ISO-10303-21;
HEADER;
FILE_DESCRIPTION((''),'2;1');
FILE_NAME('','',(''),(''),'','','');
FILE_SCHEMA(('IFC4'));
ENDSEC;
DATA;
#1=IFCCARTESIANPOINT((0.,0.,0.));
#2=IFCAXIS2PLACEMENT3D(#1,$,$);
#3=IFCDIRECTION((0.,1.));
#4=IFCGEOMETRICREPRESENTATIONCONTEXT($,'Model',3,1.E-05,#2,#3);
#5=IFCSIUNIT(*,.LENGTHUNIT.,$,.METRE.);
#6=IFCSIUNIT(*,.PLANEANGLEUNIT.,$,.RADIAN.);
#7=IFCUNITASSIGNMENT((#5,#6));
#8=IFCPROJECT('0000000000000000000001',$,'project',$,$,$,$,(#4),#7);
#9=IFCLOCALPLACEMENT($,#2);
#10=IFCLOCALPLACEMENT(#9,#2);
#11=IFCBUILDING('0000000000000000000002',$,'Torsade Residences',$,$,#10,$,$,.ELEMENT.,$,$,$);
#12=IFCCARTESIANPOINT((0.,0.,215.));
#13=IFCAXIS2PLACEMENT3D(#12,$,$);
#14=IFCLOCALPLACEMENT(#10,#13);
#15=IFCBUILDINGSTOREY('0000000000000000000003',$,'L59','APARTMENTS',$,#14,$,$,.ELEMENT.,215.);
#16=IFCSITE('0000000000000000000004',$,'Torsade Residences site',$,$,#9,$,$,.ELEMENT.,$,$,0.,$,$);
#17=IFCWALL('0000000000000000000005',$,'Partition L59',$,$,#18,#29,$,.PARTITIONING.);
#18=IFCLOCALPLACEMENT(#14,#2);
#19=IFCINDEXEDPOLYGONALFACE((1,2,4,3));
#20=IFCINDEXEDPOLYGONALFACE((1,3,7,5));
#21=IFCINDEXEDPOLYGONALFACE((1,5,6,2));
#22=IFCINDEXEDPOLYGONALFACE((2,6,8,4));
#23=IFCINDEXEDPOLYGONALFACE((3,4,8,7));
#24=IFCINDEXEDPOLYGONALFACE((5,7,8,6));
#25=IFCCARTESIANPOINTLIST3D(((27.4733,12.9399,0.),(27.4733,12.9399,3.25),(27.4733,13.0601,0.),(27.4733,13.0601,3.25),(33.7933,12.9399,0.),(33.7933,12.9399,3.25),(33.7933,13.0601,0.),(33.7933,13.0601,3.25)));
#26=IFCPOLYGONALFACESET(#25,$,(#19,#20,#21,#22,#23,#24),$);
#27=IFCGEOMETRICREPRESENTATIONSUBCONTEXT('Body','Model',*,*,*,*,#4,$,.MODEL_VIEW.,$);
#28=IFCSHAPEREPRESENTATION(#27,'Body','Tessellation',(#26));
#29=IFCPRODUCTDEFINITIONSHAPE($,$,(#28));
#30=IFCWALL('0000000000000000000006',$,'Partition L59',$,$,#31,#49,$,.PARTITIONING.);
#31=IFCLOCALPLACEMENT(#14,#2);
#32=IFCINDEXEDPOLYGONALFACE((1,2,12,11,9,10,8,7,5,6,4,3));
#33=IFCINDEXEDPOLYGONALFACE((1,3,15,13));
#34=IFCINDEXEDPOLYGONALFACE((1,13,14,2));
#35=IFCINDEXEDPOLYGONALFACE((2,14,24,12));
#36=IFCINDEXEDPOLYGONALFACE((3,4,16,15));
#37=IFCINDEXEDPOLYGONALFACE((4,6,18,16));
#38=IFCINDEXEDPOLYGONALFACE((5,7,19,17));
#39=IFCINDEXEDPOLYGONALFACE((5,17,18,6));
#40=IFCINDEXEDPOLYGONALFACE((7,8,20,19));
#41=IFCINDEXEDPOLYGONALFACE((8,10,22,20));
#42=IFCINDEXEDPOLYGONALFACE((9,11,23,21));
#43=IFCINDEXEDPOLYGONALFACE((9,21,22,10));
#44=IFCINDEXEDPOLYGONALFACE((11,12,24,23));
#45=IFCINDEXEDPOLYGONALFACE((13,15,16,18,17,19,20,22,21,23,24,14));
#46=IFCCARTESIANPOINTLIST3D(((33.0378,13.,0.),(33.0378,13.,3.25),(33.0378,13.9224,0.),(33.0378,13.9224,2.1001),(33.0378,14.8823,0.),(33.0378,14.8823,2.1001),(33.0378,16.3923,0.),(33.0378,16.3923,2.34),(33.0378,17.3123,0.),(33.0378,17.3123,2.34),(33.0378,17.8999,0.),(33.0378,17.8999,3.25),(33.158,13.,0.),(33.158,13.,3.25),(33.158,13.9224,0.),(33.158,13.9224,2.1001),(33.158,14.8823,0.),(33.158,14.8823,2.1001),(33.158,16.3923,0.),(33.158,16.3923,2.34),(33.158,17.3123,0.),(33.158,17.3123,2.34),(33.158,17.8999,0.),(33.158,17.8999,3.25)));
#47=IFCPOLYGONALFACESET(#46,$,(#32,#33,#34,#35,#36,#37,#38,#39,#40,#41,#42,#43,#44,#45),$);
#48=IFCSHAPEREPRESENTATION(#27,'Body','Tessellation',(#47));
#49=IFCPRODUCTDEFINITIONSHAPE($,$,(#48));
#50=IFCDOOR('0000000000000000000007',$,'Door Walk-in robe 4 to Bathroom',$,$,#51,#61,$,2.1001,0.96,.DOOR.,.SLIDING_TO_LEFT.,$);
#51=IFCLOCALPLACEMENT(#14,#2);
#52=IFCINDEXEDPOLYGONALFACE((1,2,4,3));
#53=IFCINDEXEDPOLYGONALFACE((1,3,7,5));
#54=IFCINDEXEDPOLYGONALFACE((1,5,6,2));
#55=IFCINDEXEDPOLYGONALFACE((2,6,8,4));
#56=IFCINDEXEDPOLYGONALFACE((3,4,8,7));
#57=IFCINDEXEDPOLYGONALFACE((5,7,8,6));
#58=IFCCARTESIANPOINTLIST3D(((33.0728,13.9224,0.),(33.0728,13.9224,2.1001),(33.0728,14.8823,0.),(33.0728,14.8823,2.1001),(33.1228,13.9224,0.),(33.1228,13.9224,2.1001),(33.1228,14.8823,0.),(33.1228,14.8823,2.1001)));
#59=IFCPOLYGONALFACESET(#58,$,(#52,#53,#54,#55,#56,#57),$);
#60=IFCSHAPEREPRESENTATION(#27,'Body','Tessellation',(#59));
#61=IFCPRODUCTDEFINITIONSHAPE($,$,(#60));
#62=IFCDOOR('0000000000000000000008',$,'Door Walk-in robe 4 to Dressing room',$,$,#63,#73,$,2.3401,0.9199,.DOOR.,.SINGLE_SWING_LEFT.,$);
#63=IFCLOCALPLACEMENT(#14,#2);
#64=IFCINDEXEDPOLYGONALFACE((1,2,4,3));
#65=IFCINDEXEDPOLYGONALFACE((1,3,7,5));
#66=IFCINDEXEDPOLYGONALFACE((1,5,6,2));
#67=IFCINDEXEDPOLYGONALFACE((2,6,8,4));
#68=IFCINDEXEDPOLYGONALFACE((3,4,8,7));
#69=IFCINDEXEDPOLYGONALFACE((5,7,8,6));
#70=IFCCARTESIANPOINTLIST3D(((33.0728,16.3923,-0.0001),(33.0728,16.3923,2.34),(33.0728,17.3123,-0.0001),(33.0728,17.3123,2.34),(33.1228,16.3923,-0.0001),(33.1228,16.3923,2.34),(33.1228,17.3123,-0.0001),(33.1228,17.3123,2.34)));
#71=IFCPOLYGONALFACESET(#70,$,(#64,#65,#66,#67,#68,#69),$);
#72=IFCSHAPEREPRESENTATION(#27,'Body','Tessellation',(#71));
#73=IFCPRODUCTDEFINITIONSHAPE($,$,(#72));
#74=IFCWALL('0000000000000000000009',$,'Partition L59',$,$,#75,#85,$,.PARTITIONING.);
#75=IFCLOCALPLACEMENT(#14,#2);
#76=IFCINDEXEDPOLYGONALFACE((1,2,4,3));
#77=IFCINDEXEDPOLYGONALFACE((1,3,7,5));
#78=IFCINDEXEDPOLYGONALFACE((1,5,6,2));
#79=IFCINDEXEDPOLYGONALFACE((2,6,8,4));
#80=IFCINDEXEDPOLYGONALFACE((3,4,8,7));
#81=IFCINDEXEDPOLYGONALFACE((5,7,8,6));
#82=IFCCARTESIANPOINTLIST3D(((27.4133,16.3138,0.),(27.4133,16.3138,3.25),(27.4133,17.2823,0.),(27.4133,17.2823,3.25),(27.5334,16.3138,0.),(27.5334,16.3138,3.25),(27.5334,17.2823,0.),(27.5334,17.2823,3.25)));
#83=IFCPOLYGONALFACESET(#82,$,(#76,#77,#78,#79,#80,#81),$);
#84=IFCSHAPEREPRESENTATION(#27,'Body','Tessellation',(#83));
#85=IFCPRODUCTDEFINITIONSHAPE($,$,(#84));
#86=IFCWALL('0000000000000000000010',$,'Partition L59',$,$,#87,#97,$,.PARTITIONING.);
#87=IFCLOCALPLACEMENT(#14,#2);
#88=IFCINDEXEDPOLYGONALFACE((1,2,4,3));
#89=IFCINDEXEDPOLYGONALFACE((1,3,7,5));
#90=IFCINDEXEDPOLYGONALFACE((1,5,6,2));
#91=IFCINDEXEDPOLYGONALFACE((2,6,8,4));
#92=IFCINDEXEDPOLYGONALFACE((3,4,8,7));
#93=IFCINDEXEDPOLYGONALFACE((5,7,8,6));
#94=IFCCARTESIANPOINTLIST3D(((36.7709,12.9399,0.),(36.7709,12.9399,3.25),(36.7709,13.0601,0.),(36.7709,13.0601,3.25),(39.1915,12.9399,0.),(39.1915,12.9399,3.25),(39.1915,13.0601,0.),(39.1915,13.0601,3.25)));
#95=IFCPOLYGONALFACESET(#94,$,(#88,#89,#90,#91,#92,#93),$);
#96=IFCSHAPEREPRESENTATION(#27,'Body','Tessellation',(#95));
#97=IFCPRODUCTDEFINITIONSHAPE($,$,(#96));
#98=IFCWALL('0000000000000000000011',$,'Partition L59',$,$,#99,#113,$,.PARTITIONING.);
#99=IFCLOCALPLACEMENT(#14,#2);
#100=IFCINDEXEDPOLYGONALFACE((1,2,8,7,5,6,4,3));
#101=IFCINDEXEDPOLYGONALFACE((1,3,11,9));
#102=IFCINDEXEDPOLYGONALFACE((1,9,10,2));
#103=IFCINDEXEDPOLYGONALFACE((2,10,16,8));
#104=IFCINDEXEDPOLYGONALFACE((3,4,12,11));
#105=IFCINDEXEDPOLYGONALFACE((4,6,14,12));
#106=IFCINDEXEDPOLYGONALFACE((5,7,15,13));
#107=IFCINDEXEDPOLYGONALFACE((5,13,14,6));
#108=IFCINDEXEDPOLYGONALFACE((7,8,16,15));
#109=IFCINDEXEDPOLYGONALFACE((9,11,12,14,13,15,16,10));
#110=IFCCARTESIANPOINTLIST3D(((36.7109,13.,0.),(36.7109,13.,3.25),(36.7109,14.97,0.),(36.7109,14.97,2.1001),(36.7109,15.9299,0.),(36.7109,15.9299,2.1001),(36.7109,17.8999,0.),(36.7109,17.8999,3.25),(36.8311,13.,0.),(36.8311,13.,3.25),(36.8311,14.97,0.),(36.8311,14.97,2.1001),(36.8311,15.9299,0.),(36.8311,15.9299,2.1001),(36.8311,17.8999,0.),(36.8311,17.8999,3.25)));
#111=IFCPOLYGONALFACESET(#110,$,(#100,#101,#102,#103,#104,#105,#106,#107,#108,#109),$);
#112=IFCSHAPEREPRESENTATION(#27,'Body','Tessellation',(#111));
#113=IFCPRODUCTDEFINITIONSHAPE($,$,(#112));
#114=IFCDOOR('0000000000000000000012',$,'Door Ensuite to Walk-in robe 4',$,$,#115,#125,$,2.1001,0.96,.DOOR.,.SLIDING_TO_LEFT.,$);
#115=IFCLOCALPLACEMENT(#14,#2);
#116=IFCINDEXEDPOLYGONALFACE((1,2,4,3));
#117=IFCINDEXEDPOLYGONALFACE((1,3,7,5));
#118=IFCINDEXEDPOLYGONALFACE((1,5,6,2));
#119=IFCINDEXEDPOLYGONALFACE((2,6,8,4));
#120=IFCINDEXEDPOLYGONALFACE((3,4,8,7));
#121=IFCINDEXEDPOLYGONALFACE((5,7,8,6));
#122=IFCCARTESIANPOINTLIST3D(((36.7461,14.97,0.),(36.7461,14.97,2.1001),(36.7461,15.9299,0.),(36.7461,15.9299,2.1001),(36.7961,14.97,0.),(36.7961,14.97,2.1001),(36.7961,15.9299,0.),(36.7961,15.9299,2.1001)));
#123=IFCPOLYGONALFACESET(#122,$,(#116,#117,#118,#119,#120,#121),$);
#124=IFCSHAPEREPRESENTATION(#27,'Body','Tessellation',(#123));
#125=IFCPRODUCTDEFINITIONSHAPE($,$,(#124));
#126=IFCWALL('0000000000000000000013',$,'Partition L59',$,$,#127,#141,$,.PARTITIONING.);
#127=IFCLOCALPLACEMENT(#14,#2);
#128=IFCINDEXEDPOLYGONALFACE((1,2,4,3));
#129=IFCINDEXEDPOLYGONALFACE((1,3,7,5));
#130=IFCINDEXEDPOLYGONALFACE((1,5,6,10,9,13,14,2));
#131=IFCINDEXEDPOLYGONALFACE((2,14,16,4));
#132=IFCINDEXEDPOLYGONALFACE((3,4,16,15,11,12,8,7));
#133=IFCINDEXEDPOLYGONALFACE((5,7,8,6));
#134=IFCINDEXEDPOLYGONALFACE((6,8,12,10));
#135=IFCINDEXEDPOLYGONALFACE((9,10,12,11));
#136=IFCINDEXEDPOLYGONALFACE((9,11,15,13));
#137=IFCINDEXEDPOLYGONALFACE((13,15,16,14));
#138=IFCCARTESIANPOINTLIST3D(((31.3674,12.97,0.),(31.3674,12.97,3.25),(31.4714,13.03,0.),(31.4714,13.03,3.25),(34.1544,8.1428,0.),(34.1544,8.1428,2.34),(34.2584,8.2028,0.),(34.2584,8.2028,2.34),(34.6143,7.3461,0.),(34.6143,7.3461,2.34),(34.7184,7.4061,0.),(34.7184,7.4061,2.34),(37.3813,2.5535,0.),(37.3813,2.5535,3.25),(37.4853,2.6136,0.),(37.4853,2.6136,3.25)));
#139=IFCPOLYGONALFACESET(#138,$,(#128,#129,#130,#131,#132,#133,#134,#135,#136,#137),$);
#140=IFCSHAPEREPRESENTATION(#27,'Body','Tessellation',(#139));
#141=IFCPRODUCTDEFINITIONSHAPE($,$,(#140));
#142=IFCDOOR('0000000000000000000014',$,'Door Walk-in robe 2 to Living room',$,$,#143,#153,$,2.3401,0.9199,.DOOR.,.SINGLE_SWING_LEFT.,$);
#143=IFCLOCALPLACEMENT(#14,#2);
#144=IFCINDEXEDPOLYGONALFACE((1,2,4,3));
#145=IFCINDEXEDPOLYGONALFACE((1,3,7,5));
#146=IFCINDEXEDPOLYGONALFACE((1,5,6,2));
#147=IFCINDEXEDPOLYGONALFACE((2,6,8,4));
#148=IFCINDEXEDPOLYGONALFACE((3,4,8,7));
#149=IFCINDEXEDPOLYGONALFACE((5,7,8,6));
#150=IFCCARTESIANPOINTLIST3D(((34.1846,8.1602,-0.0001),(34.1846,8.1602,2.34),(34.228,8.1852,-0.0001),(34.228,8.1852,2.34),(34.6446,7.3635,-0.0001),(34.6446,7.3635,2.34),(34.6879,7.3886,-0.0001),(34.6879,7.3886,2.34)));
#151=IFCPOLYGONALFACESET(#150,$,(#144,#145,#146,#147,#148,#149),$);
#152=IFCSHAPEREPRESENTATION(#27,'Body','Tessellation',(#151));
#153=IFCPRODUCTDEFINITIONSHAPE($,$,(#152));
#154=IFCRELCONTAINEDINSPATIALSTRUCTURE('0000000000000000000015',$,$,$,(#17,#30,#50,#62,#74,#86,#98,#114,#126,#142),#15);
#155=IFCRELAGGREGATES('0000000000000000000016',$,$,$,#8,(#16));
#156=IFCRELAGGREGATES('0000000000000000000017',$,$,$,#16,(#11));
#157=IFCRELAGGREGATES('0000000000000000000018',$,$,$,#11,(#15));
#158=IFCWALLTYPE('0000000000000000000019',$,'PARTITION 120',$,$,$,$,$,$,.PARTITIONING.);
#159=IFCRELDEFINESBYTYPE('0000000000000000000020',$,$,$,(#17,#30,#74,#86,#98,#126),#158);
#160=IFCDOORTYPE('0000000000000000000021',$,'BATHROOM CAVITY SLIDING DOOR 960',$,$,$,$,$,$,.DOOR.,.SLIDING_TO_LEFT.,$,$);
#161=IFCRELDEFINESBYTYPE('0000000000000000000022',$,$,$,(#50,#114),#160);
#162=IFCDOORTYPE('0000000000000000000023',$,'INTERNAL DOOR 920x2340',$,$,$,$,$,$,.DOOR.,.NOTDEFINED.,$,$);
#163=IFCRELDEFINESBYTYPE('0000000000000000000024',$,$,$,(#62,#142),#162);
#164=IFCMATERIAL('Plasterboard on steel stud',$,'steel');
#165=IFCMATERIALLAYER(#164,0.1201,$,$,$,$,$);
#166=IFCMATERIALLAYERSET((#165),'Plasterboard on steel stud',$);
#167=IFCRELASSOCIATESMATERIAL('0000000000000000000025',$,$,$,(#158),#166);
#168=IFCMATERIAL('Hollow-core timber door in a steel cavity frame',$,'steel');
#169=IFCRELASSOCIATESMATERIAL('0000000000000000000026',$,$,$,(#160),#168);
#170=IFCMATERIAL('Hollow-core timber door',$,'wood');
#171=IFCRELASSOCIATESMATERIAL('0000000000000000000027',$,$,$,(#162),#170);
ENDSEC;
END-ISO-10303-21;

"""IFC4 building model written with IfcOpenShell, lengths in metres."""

from ifc_helpers import new_model, si_unit, direction, frame, frame_2d, origin, place, context, subcontext, project, spatial, rectangle, extrude, material, layer, layer_set, type_object, element, fill, save


model = new_model("IFC4")

# Units and contexts
model_context = context("Model", 3, precision=1e-05, world=origin(), true_north=direction((0.0, 1.0)))
body_context = subcontext(model_context, "Body", "Model", "MODEL_VIEW")
ifc_project = project(units=[si_unit("LENGTHUNIT", "METRE"), si_unit("PLANEANGLEUNIT", "RADIAN")], contexts=[model_context])

# Site, building, storey
site_placement = place(None, origin())
site = spatial("IfcSite", under=ifc_project, at=site_placement, Name="Torsade Residences site", CompositionType="ELEMENT", RefElevation=0.0)
building_placement = place(site_placement, origin())
building = spatial("IfcBuilding", under=site, at=building_placement, Name="Torsade Residences", CompositionType="ELEMENT")
storey_placement = place(building_placement, frame((0.0, 0.0, 215.0)))
storey = spatial("IfcBuildingStorey", under=building, at=storey_placement, Name="L59", Description="APARTMENTS", CompositionType="ELEMENT", Elevation=215.0)

# Wall
ifc_material_1 = material(Name="Plasterboard on steel stud", Category="steel")
ifc_layer_1 = layer(ifc_material_1, 0.1201)
ifc_layer_set_1 = layer_set([ifc_layer_1], Name="Plasterboard on steel stud")
wall_type_1 = type_object("IfcWallType", Name="PARTITION 120", PredefinedType="PARTITIONING", material=ifc_layer_set_1)
wall_1_placement = place(storey_placement, frame((33.7935, 13.0, 0.0), z_axis=(0.0, 0.0, 1.0), x_axis=(-1.0, 0.0, 0.0)))
element("IfcWall", 1, at=wall_1_placement, inside=storey, type_object=wall_type_1, Name="Partition L59", PredefinedType="PARTITIONING", context=body_context, shape_type="SweptSolid", body=[
    extrude(rectangle(XDim=6.3201, YDim=0.1201, at=frame_2d((3.1602, 0.0))), origin(), (0.0, 0.0, 1.0), 3.25),
])

# Wall, openings, doors
wall_2_placement = place(storey_placement, frame((33.0979, 17.8999, 0.0), z_axis=(0.0, 0.0, 1.0), x_axis=(0.0, -1.0, 0.0)))
wall_2 = element("IfcWall", 2, at=wall_2_placement, inside=storey, type_object=wall_type_1, Name="Partition L59", PredefinedType="PARTITIONING", context=body_context, shape_type="SweptSolid", body=[
    extrude(rectangle(XDim=4.8999, YDim=0.1201, at=frame_2d((2.45, 0.0))), origin(), (0.0, 0.0, 1.0), 3.25),
])
opening_1_placement = place(wall_2_placement, frame((3.0176, 0.0, 0.0)))
opening_1 = element("IfcOpeningElement", 3, at=opening_1_placement, cuts=wall_2, PredefinedType="OPENING", context=body_context, shape_type="SweptSolid", body=[
    extrude(rectangle(XDim=0.96, YDim=2.1001, at=frame_2d((0.48, 1.05))), frame((0.0, 0.0701, 0.0), z_axis=(0.0, -1.0, 0.0), x_axis=(1.0, 0.0, 0.0)), (0.0, 0.0, 1.0), 0.1401),
])
opening_2_placement = place(wall_2_placement, frame((0.5876, 0.0, 0.0)))
opening_2 = element("IfcOpeningElement", 4, at=opening_2_placement, cuts=wall_2, PredefinedType="OPENING", context=body_context, shape_type="SweptSolid", body=[
    extrude(rectangle(XDim=0.9199, YDim=2.3401, at=frame_2d((0.46, 1.1699))), frame((0.0, 0.0701, 0.0), z_axis=(0.0, -1.0, 0.0), x_axis=(1.0, 0.0, 0.0)), (0.0, 0.0, 1.0), 0.1401),
])
ifc_material_2 = material(Name="Hollow-core timber door in a steel cavity frame", Category="steel")
door_type_1 = type_object("IfcDoorType", Name="BATHROOM CAVITY SLIDING DOOR 960", OperationType="SLIDING_TO_LEFT", PredefinedType="DOOR", material=ifc_material_2)
door_1_placement = place(opening_1_placement, origin())
door_1 = element("IfcDoor", 5, at=door_1_placement, inside=storey, type_object=door_type_1, Name="Door Walk-in robe 4 to Bathroom", OperationType="SLIDING_TO_LEFT", OverallHeight=2.1001, OverallWidth=0.96, PredefinedType="DOOR", context=body_context, shape_type="SweptSolid", body=[
    extrude(rectangle(XDim=0.96, YDim=2.1001, at=frame_2d((0.48, 1.05))), frame((0.0, 0.0249, 0.0), z_axis=(0.0, -1.0, 0.0), x_axis=(1.0, 0.0, 0.0)), (0.0, 0.0, 1.0), 0.05),
])
fill(opening_1, door_1)
ifc_material_3 = material(Name="Hollow-core timber door", Category="wood")
door_type_2 = type_object("IfcDoorType", Name="INTERNAL DOOR 920x2340", OperationType="NOTDEFINED", PredefinedType="DOOR", material=ifc_material_3)
door_2_placement = place(opening_2_placement, origin())
door_2 = element("IfcDoor", 6, at=door_2_placement, inside=storey, type_object=door_type_2, Name="Door Walk-in robe 4 to Dressing room", OperationType="SINGLE_SWING_LEFT", OverallHeight=2.3401, OverallWidth=0.9199, PredefinedType="DOOR", context=body_context, shape_type="SweptSolid", body=[
    extrude(rectangle(XDim=0.9199, YDim=2.3401, at=frame_2d((0.46, 1.1699))), frame((0.0, 0.0249, 0.0), z_axis=(0.0, -1.0, 0.0), x_axis=(1.0, 0.0, 0.0)), (0.0, 0.0, 1.0), 0.05),
])
fill(opening_2, door_2)

# Walls
wall_3_placement = place(storey_placement, frame((27.4734, 16.3137, 0.0), z_axis=(0.0, 0.0, 1.0), x_axis=(0.0, 1.0, 0.0)))
element("IfcWall", 7, at=wall_3_placement, inside=storey, type_object=wall_type_1, Name="Partition L59", PredefinedType="PARTITIONING", context=body_context, shape_type="SweptSolid", body=[
    extrude(rectangle(XDim=0.9685, YDim=0.1201, at=frame_2d((0.4844, 0.0))), origin(), (0.0, 0.0, 1.0), 3.25),
])
wall_4_placement = place(storey_placement, frame((39.1917, 13.0, 0.0), z_axis=(0.0, 0.0, 1.0), x_axis=(-1.0, 0.0, 0.0)))
element("IfcWall", 8, at=wall_4_placement, inside=storey, type_object=wall_type_1, Name="Partition L59", PredefinedType="PARTITIONING", context=body_context, shape_type="SweptSolid", body=[
    extrude(rectangle(XDim=2.4207, YDim=0.1201, at=frame_2d((1.2104, 0.0))), origin(), (0.0, 0.0, 1.0), 3.25),
])

# Walls, openings, doors
wall_5_placement = place(storey_placement, frame((36.771, 13.0, 0.0), z_axis=(0.0, 0.0, 1.0), x_axis=(0.0, 1.0, 0.0)))
wall_5 = element("IfcWall", 9, at=wall_5_placement, inside=storey, type_object=wall_type_1, Name="Partition L59", PredefinedType="PARTITIONING", context=body_context, shape_type="SweptSolid", body=[
    extrude(rectangle(XDim=4.8999, YDim=0.1201, at=frame_2d((2.45, 0.0))), origin(), (0.0, 0.0, 1.0), 3.25),
])
opening_3_placement = place(wall_5_placement, frame((1.97, 0.0, 0.0)))
opening_3 = element("IfcOpeningElement", 10, at=opening_3_placement, cuts=wall_5, PredefinedType="OPENING", context=body_context, shape_type="SweptSolid", body=[
    extrude(rectangle(XDim=0.96, YDim=2.1001, at=frame_2d((0.48, 1.05))), frame((0.0, 0.0701, 0.0), z_axis=(0.0, -1.0, 0.0), x_axis=(1.0, 0.0, 0.0)), (0.0, 0.0, 1.0), 0.1401),
])
door_3_placement = place(opening_3_placement, origin())
door_3 = element("IfcDoor", 11, at=door_3_placement, inside=storey, type_object=door_type_1, Name="Door Ensuite to Walk-in robe 4", OperationType="SLIDING_TO_LEFT", OverallHeight=2.1001, OverallWidth=0.96, PredefinedType="DOOR", context=body_context, shape_type="SweptSolid", body=[
    extrude(rectangle(XDim=0.96, YDim=2.1001, at=frame_2d((0.48, 1.05))), frame((0.0, 0.0249, 0.0), z_axis=(0.0, -1.0, 0.0), x_axis=(1.0, 0.0, 0.0)), (0.0, 0.0, 1.0), 0.05),
])
fill(opening_3, door_3)
wall_6_placement = place(storey_placement, frame((31.4194, 13.0, 0.0), z_axis=(0.0, 0.0, 1.0), x_axis=(0.499997, -0.866027, 0.0)))
wall_6 = element("IfcWall", 12, at=wall_6_placement, inside=storey, type_object=wall_type_1, Name="Partition L59", PredefinedType="PARTITIONING", context=body_context, shape_type="SweptSolid", body=[
    extrude(rectangle(XDim=12.0278, YDim=0.1201, at=frame_2d((6.0139, 0.0))), origin(), (0.0, 0.0, 1.0), 3.25),
])
opening_4_placement = place(wall_6_placement, frame((5.574, 0.0, 0.0)))
opening_4 = element("IfcOpeningElement", 13, at=opening_4_placement, cuts=wall_6, PredefinedType="OPENING", context=body_context, shape_type="SweptSolid", body=[
    extrude(rectangle(XDim=0.9199, YDim=2.3401, at=frame_2d((0.46, 1.1699))), frame((0.0, 0.0701, 0.0), z_axis=(0.0, -1.0, 0.0), x_axis=(1.0, 0.0, 0.0)), (0.0, 0.0, 1.0), 0.1401),
])
door_4_placement = place(opening_4_placement, origin())
door_4 = element("IfcDoor", 14, at=door_4_placement, inside=storey, type_object=door_type_2, Name="Door Walk-in robe 2 to Living room", OperationType="SINGLE_SWING_LEFT", OverallHeight=2.3401, OverallWidth=0.9199, PredefinedType="DOOR", context=body_context, shape_type="SweptSolid", body=[
    extrude(rectangle(XDim=0.9199, YDim=2.3401, at=frame_2d((0.46, 1.1699))), frame((0.0, 0.0249, 0.0), z_axis=(0.0, -1.0, 0.0), x_axis=(1.0, 0.0, 0.0)), (0.0, 0.0, 1.0), 0.05),
])
fill(opening_4, door_4)

save(model, "model.ifc")
